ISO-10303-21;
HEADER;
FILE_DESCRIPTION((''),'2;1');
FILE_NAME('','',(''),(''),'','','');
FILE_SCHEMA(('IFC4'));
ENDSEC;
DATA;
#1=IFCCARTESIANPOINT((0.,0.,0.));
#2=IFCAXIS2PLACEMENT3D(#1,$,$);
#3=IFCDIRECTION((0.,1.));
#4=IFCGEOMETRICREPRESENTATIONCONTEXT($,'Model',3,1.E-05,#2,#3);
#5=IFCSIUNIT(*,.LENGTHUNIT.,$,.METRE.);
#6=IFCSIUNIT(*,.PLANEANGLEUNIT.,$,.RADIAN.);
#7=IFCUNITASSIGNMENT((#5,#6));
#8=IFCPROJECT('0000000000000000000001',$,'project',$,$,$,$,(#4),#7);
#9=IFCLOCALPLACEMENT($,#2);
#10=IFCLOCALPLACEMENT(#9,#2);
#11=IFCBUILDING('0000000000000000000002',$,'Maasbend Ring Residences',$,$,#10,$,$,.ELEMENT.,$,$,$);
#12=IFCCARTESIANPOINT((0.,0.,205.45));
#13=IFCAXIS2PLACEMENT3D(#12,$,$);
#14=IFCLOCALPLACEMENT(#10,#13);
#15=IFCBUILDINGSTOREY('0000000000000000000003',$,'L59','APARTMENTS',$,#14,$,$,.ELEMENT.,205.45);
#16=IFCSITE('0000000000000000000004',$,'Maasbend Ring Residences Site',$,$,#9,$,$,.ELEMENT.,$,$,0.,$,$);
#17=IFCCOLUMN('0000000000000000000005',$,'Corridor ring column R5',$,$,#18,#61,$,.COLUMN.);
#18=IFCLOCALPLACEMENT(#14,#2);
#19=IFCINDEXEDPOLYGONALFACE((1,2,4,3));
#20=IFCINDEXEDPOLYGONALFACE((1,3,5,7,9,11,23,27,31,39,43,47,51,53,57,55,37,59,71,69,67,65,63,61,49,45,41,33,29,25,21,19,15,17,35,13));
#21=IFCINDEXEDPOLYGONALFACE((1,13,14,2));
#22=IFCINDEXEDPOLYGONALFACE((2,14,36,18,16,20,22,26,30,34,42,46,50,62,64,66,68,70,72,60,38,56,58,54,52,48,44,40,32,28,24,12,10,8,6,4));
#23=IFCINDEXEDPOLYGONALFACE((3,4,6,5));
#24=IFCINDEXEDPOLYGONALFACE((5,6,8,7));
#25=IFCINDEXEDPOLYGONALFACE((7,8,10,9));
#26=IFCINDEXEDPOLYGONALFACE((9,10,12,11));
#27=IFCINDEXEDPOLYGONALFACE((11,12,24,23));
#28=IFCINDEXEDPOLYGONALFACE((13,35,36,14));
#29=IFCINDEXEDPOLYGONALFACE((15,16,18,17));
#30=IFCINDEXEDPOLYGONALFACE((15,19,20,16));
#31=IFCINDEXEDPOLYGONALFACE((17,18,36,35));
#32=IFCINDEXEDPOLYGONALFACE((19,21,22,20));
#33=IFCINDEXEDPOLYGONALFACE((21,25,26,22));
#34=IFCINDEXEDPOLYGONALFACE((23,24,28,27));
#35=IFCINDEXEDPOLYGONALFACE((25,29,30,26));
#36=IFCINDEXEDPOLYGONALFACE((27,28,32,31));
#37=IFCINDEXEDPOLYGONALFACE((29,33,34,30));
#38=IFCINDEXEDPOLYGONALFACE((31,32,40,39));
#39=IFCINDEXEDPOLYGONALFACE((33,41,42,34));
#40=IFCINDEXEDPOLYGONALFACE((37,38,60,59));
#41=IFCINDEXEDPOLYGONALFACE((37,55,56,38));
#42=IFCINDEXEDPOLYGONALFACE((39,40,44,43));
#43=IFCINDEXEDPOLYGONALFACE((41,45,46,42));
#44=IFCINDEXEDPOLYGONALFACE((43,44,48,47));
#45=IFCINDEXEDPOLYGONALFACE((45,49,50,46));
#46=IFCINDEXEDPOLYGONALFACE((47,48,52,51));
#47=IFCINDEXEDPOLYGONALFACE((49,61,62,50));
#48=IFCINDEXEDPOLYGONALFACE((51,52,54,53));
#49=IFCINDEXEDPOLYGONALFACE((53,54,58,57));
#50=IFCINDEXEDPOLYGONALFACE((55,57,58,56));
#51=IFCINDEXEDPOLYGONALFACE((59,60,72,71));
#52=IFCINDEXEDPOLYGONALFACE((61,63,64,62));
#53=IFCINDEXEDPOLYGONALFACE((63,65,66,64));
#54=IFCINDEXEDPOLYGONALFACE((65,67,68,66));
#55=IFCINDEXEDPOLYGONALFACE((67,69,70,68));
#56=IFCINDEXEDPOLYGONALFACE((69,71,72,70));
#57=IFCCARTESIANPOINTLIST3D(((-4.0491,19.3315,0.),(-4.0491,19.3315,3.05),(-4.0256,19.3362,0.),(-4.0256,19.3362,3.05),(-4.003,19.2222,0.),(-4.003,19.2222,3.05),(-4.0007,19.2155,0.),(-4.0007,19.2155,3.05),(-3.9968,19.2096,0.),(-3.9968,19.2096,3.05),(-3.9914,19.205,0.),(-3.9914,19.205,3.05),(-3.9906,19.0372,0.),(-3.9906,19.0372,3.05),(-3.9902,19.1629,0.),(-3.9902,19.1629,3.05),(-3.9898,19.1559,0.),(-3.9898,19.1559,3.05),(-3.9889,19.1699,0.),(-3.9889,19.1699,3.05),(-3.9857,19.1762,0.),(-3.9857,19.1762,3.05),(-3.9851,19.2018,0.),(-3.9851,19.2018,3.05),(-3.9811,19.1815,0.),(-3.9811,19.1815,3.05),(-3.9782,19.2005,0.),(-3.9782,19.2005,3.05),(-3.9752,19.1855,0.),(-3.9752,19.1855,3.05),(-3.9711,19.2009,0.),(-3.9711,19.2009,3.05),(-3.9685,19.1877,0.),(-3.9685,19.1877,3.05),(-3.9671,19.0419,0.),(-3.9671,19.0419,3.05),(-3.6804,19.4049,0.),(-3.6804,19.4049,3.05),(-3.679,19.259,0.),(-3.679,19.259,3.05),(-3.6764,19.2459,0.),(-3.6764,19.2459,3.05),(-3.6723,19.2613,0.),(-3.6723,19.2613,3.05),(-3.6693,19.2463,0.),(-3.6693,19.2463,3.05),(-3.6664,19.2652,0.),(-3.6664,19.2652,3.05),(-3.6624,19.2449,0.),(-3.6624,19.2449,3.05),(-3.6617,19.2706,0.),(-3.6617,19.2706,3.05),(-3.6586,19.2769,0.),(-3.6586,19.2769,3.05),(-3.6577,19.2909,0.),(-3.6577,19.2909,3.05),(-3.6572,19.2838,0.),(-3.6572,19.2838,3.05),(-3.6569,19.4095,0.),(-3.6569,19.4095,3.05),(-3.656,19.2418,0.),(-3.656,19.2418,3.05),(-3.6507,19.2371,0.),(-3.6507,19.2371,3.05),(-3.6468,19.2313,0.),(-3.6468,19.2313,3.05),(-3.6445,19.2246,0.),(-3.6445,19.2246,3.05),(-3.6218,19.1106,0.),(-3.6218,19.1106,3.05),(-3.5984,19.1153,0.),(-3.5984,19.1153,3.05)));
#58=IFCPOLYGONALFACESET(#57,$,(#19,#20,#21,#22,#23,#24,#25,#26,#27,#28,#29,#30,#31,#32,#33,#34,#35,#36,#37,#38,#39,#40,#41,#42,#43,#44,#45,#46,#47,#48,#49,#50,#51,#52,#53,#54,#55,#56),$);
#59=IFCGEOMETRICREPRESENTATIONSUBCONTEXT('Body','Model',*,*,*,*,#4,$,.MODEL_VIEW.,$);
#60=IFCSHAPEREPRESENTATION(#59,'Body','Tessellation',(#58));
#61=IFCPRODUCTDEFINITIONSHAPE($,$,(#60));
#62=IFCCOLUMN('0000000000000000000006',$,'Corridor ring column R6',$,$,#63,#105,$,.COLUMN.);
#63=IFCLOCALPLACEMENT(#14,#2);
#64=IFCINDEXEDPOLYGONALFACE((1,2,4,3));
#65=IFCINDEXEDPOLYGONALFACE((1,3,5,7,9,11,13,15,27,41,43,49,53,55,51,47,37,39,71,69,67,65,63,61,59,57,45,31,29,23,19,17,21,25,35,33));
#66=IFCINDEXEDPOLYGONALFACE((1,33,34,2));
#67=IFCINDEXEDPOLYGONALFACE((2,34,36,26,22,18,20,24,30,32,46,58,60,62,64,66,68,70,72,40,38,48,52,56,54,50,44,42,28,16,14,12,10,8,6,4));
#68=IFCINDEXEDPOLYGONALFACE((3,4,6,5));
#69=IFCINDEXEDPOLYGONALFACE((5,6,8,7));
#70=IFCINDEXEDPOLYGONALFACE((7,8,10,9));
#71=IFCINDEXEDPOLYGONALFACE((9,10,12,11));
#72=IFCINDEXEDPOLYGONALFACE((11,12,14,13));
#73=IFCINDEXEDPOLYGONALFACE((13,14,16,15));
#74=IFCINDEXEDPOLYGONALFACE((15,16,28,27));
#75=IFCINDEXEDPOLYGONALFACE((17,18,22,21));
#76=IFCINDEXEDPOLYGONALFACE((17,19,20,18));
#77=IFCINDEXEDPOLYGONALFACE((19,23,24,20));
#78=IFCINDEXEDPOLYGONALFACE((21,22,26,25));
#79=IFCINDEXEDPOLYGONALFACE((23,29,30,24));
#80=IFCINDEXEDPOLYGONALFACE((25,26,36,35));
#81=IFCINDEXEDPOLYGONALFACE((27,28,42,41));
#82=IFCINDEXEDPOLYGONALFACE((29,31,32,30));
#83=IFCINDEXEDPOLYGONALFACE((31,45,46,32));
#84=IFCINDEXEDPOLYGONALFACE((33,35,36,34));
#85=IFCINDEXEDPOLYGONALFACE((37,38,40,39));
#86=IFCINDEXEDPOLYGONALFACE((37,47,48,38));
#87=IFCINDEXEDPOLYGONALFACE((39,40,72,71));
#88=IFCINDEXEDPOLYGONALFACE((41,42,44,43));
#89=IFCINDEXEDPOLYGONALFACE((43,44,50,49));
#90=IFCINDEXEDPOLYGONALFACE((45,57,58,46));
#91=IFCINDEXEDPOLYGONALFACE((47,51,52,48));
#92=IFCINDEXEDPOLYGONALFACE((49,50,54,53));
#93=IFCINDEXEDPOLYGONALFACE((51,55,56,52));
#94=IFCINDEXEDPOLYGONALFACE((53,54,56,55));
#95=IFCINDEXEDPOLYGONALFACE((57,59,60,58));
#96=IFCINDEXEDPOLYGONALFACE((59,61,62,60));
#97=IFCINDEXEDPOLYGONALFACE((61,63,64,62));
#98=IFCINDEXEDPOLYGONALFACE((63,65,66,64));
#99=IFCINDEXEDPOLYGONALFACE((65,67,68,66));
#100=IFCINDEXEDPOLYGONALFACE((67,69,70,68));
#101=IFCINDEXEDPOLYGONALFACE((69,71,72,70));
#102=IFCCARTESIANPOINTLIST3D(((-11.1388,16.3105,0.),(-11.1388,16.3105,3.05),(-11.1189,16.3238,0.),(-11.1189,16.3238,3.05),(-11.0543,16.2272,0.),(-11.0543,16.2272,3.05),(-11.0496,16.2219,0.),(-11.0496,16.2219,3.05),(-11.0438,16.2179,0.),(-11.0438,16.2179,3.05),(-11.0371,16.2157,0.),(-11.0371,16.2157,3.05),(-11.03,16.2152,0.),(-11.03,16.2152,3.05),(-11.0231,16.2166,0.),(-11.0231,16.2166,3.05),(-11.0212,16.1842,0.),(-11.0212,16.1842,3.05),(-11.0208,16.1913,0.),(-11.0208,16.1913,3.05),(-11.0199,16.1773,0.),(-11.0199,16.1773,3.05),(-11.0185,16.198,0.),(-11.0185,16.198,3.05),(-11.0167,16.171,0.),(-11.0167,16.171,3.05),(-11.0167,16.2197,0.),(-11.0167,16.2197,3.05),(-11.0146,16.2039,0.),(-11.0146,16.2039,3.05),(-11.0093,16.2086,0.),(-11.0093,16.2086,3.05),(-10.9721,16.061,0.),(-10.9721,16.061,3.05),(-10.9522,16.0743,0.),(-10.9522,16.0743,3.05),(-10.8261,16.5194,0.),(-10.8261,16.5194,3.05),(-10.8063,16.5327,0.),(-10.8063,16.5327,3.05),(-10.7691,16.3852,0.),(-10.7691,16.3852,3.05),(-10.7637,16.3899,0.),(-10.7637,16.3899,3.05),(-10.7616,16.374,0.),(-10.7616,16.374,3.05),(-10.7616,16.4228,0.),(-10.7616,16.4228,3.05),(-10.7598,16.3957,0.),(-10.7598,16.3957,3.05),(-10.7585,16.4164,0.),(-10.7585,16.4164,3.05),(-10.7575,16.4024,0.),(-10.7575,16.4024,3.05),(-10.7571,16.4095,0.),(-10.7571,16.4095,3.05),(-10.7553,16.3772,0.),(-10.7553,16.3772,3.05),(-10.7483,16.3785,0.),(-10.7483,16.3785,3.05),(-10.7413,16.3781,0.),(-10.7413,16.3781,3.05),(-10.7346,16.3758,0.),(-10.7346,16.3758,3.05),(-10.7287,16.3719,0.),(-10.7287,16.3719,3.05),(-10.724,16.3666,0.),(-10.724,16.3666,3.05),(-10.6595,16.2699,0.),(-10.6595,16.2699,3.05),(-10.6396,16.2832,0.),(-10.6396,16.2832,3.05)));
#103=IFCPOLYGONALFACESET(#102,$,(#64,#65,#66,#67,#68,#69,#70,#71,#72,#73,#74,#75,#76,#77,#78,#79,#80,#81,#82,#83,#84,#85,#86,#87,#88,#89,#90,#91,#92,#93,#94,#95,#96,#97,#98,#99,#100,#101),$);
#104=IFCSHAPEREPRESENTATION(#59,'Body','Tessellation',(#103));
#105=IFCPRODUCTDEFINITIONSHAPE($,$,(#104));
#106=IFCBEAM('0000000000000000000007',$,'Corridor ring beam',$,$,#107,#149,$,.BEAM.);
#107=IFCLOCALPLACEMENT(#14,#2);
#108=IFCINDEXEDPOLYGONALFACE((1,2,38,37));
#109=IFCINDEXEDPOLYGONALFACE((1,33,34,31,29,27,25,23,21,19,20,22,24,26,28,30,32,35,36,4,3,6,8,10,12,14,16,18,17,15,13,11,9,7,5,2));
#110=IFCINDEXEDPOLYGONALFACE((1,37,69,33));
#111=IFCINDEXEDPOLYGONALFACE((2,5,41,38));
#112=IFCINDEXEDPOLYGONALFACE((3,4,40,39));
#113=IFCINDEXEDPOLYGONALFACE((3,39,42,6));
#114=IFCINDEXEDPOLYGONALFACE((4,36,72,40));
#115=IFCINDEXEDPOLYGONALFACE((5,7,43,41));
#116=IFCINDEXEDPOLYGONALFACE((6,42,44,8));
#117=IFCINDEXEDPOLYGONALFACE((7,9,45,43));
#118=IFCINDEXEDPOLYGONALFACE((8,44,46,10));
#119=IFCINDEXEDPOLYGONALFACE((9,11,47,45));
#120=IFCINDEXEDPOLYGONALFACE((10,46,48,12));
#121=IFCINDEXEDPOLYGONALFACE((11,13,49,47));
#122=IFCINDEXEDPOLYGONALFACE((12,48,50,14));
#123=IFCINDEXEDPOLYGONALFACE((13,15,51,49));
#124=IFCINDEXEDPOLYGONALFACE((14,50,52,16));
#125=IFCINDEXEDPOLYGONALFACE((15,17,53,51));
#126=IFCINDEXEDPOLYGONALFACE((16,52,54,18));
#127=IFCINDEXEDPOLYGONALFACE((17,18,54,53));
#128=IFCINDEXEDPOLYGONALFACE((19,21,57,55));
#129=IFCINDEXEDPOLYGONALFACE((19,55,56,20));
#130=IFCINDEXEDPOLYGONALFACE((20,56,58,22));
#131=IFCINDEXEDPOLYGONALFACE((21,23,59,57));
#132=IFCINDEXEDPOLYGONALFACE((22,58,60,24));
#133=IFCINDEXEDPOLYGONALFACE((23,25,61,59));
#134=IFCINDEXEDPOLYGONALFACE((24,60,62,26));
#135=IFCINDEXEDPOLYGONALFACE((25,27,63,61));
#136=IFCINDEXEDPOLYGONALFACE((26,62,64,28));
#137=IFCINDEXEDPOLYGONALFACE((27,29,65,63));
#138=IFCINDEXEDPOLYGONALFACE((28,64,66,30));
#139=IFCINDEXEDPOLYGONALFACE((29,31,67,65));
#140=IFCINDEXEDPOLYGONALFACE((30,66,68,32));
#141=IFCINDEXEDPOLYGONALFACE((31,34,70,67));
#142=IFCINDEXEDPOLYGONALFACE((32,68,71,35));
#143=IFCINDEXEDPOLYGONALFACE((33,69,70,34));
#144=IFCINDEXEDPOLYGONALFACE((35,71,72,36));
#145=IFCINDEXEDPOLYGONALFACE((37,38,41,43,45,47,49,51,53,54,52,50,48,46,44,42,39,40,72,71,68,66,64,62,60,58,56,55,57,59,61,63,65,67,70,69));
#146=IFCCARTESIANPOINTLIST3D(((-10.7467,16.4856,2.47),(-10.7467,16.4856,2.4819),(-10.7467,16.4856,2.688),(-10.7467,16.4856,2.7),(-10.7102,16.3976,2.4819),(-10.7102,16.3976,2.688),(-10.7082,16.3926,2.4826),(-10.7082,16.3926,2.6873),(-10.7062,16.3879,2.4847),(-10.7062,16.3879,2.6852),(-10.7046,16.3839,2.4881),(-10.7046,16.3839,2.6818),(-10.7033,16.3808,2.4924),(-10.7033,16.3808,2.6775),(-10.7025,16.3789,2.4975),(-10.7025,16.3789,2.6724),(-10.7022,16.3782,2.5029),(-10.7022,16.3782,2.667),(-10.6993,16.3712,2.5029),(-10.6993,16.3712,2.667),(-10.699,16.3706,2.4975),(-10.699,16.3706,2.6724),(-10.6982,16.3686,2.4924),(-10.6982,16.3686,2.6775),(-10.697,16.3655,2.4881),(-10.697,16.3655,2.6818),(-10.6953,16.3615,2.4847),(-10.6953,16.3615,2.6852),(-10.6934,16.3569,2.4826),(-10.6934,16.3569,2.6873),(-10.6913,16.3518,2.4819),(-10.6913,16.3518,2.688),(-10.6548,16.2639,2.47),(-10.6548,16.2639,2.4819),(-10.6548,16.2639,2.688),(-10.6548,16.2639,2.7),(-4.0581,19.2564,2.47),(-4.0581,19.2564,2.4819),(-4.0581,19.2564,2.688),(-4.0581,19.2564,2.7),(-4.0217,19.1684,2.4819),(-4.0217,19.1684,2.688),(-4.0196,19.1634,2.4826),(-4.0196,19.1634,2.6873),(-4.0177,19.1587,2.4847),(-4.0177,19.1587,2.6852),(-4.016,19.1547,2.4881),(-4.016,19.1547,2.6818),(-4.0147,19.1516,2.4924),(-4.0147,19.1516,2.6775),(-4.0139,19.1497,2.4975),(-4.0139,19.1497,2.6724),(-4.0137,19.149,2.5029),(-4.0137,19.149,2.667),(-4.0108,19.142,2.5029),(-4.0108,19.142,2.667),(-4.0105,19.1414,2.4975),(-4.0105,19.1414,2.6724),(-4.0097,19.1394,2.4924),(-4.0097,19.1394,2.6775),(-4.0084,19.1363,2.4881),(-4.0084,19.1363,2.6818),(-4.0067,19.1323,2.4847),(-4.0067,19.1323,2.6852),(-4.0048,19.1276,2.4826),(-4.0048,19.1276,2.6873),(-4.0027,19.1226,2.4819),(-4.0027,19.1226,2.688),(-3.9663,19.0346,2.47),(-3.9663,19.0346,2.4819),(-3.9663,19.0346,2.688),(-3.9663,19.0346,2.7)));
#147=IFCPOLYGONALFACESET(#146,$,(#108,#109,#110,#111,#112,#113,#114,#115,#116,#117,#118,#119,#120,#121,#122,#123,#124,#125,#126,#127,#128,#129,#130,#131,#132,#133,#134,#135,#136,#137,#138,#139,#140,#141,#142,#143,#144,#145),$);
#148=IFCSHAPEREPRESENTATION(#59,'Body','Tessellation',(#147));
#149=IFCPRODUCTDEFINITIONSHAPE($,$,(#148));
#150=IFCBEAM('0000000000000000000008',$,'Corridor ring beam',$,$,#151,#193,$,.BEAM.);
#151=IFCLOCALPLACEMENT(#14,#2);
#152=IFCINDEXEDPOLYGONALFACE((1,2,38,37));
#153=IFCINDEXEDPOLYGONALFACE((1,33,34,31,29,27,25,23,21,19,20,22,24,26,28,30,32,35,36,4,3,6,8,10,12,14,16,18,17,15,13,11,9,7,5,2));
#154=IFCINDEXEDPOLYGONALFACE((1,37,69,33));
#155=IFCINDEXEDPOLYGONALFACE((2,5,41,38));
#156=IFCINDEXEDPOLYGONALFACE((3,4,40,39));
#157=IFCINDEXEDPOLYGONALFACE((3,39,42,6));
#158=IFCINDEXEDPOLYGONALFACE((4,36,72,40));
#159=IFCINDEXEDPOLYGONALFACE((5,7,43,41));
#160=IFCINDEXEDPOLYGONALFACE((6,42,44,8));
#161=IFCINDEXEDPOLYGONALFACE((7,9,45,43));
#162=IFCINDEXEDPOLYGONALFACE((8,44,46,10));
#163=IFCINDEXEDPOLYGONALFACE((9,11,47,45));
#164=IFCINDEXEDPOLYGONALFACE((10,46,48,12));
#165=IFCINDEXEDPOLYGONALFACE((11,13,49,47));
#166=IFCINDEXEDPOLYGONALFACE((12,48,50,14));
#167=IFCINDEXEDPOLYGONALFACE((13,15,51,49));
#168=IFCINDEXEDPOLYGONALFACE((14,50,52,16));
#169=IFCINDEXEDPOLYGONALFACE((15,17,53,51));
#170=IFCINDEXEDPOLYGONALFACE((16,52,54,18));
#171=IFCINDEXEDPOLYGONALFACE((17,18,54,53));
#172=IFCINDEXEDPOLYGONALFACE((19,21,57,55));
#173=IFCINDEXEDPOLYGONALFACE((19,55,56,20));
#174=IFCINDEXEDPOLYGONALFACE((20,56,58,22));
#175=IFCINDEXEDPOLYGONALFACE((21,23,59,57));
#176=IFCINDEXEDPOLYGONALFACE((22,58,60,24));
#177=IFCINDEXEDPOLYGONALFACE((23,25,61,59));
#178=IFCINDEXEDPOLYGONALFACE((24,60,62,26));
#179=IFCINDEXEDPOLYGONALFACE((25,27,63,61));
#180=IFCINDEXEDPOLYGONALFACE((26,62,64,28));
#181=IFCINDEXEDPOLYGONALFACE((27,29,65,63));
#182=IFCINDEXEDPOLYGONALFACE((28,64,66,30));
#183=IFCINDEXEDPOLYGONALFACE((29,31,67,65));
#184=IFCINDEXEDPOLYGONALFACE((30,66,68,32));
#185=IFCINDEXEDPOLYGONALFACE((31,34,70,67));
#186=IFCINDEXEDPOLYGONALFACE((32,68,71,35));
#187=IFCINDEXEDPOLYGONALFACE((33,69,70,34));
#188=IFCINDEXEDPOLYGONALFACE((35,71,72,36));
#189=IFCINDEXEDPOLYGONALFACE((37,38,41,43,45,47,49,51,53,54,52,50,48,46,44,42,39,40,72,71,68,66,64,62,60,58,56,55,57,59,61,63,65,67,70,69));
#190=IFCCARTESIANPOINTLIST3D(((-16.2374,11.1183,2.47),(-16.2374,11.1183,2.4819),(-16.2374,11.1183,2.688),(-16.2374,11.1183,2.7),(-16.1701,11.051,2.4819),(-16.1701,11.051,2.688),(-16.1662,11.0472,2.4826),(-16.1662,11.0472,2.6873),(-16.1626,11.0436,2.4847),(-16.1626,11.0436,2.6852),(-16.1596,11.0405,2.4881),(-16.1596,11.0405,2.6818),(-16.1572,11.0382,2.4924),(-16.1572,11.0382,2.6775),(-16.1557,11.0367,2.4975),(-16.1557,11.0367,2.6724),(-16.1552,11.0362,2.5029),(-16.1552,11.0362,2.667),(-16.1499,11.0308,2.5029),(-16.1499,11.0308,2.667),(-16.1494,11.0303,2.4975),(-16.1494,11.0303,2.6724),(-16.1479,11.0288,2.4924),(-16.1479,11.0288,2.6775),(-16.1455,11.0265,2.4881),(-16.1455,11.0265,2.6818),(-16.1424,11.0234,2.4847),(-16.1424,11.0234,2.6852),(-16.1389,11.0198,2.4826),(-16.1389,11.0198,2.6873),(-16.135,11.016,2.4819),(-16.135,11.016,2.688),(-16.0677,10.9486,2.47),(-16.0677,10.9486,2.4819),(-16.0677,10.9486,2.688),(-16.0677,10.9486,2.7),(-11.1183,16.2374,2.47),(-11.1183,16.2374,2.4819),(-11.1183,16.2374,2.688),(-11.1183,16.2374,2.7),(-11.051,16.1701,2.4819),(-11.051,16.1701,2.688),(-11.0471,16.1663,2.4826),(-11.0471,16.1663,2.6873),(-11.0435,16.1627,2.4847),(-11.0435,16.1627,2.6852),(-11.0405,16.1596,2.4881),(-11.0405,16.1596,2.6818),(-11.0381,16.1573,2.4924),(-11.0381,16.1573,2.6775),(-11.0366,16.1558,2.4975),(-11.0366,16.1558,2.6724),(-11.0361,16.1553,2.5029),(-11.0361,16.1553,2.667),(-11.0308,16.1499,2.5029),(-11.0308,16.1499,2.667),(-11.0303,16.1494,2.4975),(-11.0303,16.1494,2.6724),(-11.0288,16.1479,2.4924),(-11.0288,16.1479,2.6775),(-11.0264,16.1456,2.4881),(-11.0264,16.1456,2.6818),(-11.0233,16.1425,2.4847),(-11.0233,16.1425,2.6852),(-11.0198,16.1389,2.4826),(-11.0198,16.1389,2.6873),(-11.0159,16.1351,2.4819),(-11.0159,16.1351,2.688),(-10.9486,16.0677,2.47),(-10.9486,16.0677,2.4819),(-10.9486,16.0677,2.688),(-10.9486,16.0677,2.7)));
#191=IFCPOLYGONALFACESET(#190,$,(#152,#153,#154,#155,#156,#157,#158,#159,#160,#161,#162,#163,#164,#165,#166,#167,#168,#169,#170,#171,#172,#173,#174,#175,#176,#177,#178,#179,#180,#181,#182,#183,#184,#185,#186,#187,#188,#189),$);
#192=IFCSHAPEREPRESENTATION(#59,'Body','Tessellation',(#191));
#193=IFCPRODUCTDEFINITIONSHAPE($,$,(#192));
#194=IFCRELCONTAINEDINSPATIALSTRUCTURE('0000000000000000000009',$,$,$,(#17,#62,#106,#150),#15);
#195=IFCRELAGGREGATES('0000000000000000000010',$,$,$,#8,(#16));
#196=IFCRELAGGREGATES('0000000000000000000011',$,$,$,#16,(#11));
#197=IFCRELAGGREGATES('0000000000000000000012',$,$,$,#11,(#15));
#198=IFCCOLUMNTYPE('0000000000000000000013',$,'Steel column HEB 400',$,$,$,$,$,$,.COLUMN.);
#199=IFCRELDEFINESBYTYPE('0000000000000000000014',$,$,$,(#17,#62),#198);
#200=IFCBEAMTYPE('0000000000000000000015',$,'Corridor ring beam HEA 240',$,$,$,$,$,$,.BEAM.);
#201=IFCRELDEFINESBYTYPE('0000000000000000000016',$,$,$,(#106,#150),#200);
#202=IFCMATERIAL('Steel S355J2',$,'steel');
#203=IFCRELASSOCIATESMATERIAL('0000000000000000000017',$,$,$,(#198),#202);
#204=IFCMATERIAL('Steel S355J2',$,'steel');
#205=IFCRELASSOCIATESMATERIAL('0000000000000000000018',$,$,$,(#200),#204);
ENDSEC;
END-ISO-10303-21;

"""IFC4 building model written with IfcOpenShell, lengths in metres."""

from ifc_helpers import new_model, si_unit, direction, frame, origin, origin_2d, place, context, subcontext, project, spatial, i_section, extrude, material, material_profile, profile_set, type_object, element, save


model = new_model("IFC4")

# Units and contexts
model_context = context("Model", 3, precision=1e-05, world=origin(), true_north=direction((0.0, 1.0)))
body_context = subcontext(model_context, "Body", "Model", "MODEL_VIEW")
ifc_project = project(units=[si_unit("LENGTHUNIT", "METRE"), si_unit("PLANEANGLEUNIT", "RADIAN")], contexts=[model_context])

# Site, building, storey
site_placement = place(None, origin())
site = spatial("IfcSite", under=ifc_project, at=site_placement, Name="Maasbend Ring Residences Site", CompositionType="ELEMENT", RefElevation=0.0)
building_placement = place(site_placement, origin())
building = spatial("IfcBuilding", under=site, at=building_placement, Name="Maasbend Ring Residences", CompositionType="ELEMENT")
storey_placement = place(building_placement, frame((0.0, 0.0, 205.45)))
storey = spatial("IfcBuildingStorey", under=building, at=storey_placement, Name="L59", Description="APARTMENTS", CompositionType="ELEMENT", Elevation=205.45)

# Columns
ifc_material_1 = material(Name="Steel S355J2", Category="steel")
ifc_material_profile_1 = material_profile(ifc_material_1, i_section(OverallWidth=0.3, OverallDepth=0.3999, WebThickness=0.0134, FlangeThickness=0.0239, FilletRadius=0.0271, at=origin_2d()), Name="HEB 400")
ifc_profile_set_1 = profile_set([ifc_material_profile_1], Name="Steel S355J2")
column_type = type_object("IfcColumnType", Name="Steel column HEB 400", PredefinedType="COLUMN", material=ifc_profile_set_1)
for number, where, z_axis, x_axis, name in (
    (1, (-3.8237, 19.2234, 0.0), (0.0, 0.0, 1.0), (-0.19509, 0.980785, 0.0), "Corridor ring column R5"),
    (2, (-10.8892, 16.2969, 0.0), (0.0, 0.0, 1.0), (-0.55557, 0.83147, 0.0), "Corridor ring column R6"),
):
    element("IfcColumn", number, at=place(storey_placement, frame(where, z_axis=z_axis, x_axis=x_axis)), inside=storey, type_object=column_type, Name=name, PredefinedType="COLUMN", context=body_context, shape_type="SweptSolid", body=[
        extrude(i_section(OverallWidth=0.3, OverallDepth=0.3999, WebThickness=0.0134, FlangeThickness=0.0239, FilletRadius=0.0271, at=origin_2d()), origin(), (0.0, 0.0, 1.0), 3.05),
    ])

# Beams
ifc_material_2 = material(Name="Steel S355J2", Category="steel")
ifc_material_profile_2 = material_profile(ifc_material_2, i_section(OverallWidth=0.24, OverallDepth=0.23, WebThickness=0.0076, FlangeThickness=0.012, FilletRadius=0.021, at=origin_2d()), Name="HEA 240")
ifc_profile_set_2 = profile_set([ifc_material_profile_2], Name="Steel S355J2")
beam_type = type_object("IfcBeamType", Name="Corridor ring beam HEA 240", PredefinedType="BEAM", material=ifc_profile_set_2)
beam_1_placement = place(storey_placement, frame((-4.0122, 19.1455, 2.585), z_axis=(-0.923865, -0.382718, 0.0), x_axis=(0.382718, -0.923865, 0.0)))
element("IfcBeam", 3, at=beam_1_placement, inside=storey, type_object=beam_type, Name="Corridor ring beam", PredefinedType="BEAM", context=body_context, shape_type="SweptSolid", body=[
    extrude(i_section(OverallWidth=0.24, OverallDepth=0.23, WebThickness=0.0076, FlangeThickness=0.012, FilletRadius=0.021, at=origin_2d()), origin(), (0.0, 0.0, 1.0), 7.2397),
])
beam_2_placement = place(storey_placement, frame((-11.0334, 16.1526, 2.585), z_axis=(-0.707107, -0.707107, 0.0), x_axis=(0.707107, -0.707107, 0.0)))
element("IfcBeam", 4, at=beam_2_placement, inside=storey, type_object=beam_type, Name="Corridor ring beam", PredefinedType="BEAM", context=body_context, shape_type="SweptSolid", body=[
    extrude(i_section(OverallWidth=0.24, OverallDepth=0.23, WebThickness=0.0076, FlangeThickness=0.012, FilletRadius=0.021, at=origin_2d()), origin(), (0.0, 0.0, 1.0), 7.2395),
])

save(model, "model.ifc")
